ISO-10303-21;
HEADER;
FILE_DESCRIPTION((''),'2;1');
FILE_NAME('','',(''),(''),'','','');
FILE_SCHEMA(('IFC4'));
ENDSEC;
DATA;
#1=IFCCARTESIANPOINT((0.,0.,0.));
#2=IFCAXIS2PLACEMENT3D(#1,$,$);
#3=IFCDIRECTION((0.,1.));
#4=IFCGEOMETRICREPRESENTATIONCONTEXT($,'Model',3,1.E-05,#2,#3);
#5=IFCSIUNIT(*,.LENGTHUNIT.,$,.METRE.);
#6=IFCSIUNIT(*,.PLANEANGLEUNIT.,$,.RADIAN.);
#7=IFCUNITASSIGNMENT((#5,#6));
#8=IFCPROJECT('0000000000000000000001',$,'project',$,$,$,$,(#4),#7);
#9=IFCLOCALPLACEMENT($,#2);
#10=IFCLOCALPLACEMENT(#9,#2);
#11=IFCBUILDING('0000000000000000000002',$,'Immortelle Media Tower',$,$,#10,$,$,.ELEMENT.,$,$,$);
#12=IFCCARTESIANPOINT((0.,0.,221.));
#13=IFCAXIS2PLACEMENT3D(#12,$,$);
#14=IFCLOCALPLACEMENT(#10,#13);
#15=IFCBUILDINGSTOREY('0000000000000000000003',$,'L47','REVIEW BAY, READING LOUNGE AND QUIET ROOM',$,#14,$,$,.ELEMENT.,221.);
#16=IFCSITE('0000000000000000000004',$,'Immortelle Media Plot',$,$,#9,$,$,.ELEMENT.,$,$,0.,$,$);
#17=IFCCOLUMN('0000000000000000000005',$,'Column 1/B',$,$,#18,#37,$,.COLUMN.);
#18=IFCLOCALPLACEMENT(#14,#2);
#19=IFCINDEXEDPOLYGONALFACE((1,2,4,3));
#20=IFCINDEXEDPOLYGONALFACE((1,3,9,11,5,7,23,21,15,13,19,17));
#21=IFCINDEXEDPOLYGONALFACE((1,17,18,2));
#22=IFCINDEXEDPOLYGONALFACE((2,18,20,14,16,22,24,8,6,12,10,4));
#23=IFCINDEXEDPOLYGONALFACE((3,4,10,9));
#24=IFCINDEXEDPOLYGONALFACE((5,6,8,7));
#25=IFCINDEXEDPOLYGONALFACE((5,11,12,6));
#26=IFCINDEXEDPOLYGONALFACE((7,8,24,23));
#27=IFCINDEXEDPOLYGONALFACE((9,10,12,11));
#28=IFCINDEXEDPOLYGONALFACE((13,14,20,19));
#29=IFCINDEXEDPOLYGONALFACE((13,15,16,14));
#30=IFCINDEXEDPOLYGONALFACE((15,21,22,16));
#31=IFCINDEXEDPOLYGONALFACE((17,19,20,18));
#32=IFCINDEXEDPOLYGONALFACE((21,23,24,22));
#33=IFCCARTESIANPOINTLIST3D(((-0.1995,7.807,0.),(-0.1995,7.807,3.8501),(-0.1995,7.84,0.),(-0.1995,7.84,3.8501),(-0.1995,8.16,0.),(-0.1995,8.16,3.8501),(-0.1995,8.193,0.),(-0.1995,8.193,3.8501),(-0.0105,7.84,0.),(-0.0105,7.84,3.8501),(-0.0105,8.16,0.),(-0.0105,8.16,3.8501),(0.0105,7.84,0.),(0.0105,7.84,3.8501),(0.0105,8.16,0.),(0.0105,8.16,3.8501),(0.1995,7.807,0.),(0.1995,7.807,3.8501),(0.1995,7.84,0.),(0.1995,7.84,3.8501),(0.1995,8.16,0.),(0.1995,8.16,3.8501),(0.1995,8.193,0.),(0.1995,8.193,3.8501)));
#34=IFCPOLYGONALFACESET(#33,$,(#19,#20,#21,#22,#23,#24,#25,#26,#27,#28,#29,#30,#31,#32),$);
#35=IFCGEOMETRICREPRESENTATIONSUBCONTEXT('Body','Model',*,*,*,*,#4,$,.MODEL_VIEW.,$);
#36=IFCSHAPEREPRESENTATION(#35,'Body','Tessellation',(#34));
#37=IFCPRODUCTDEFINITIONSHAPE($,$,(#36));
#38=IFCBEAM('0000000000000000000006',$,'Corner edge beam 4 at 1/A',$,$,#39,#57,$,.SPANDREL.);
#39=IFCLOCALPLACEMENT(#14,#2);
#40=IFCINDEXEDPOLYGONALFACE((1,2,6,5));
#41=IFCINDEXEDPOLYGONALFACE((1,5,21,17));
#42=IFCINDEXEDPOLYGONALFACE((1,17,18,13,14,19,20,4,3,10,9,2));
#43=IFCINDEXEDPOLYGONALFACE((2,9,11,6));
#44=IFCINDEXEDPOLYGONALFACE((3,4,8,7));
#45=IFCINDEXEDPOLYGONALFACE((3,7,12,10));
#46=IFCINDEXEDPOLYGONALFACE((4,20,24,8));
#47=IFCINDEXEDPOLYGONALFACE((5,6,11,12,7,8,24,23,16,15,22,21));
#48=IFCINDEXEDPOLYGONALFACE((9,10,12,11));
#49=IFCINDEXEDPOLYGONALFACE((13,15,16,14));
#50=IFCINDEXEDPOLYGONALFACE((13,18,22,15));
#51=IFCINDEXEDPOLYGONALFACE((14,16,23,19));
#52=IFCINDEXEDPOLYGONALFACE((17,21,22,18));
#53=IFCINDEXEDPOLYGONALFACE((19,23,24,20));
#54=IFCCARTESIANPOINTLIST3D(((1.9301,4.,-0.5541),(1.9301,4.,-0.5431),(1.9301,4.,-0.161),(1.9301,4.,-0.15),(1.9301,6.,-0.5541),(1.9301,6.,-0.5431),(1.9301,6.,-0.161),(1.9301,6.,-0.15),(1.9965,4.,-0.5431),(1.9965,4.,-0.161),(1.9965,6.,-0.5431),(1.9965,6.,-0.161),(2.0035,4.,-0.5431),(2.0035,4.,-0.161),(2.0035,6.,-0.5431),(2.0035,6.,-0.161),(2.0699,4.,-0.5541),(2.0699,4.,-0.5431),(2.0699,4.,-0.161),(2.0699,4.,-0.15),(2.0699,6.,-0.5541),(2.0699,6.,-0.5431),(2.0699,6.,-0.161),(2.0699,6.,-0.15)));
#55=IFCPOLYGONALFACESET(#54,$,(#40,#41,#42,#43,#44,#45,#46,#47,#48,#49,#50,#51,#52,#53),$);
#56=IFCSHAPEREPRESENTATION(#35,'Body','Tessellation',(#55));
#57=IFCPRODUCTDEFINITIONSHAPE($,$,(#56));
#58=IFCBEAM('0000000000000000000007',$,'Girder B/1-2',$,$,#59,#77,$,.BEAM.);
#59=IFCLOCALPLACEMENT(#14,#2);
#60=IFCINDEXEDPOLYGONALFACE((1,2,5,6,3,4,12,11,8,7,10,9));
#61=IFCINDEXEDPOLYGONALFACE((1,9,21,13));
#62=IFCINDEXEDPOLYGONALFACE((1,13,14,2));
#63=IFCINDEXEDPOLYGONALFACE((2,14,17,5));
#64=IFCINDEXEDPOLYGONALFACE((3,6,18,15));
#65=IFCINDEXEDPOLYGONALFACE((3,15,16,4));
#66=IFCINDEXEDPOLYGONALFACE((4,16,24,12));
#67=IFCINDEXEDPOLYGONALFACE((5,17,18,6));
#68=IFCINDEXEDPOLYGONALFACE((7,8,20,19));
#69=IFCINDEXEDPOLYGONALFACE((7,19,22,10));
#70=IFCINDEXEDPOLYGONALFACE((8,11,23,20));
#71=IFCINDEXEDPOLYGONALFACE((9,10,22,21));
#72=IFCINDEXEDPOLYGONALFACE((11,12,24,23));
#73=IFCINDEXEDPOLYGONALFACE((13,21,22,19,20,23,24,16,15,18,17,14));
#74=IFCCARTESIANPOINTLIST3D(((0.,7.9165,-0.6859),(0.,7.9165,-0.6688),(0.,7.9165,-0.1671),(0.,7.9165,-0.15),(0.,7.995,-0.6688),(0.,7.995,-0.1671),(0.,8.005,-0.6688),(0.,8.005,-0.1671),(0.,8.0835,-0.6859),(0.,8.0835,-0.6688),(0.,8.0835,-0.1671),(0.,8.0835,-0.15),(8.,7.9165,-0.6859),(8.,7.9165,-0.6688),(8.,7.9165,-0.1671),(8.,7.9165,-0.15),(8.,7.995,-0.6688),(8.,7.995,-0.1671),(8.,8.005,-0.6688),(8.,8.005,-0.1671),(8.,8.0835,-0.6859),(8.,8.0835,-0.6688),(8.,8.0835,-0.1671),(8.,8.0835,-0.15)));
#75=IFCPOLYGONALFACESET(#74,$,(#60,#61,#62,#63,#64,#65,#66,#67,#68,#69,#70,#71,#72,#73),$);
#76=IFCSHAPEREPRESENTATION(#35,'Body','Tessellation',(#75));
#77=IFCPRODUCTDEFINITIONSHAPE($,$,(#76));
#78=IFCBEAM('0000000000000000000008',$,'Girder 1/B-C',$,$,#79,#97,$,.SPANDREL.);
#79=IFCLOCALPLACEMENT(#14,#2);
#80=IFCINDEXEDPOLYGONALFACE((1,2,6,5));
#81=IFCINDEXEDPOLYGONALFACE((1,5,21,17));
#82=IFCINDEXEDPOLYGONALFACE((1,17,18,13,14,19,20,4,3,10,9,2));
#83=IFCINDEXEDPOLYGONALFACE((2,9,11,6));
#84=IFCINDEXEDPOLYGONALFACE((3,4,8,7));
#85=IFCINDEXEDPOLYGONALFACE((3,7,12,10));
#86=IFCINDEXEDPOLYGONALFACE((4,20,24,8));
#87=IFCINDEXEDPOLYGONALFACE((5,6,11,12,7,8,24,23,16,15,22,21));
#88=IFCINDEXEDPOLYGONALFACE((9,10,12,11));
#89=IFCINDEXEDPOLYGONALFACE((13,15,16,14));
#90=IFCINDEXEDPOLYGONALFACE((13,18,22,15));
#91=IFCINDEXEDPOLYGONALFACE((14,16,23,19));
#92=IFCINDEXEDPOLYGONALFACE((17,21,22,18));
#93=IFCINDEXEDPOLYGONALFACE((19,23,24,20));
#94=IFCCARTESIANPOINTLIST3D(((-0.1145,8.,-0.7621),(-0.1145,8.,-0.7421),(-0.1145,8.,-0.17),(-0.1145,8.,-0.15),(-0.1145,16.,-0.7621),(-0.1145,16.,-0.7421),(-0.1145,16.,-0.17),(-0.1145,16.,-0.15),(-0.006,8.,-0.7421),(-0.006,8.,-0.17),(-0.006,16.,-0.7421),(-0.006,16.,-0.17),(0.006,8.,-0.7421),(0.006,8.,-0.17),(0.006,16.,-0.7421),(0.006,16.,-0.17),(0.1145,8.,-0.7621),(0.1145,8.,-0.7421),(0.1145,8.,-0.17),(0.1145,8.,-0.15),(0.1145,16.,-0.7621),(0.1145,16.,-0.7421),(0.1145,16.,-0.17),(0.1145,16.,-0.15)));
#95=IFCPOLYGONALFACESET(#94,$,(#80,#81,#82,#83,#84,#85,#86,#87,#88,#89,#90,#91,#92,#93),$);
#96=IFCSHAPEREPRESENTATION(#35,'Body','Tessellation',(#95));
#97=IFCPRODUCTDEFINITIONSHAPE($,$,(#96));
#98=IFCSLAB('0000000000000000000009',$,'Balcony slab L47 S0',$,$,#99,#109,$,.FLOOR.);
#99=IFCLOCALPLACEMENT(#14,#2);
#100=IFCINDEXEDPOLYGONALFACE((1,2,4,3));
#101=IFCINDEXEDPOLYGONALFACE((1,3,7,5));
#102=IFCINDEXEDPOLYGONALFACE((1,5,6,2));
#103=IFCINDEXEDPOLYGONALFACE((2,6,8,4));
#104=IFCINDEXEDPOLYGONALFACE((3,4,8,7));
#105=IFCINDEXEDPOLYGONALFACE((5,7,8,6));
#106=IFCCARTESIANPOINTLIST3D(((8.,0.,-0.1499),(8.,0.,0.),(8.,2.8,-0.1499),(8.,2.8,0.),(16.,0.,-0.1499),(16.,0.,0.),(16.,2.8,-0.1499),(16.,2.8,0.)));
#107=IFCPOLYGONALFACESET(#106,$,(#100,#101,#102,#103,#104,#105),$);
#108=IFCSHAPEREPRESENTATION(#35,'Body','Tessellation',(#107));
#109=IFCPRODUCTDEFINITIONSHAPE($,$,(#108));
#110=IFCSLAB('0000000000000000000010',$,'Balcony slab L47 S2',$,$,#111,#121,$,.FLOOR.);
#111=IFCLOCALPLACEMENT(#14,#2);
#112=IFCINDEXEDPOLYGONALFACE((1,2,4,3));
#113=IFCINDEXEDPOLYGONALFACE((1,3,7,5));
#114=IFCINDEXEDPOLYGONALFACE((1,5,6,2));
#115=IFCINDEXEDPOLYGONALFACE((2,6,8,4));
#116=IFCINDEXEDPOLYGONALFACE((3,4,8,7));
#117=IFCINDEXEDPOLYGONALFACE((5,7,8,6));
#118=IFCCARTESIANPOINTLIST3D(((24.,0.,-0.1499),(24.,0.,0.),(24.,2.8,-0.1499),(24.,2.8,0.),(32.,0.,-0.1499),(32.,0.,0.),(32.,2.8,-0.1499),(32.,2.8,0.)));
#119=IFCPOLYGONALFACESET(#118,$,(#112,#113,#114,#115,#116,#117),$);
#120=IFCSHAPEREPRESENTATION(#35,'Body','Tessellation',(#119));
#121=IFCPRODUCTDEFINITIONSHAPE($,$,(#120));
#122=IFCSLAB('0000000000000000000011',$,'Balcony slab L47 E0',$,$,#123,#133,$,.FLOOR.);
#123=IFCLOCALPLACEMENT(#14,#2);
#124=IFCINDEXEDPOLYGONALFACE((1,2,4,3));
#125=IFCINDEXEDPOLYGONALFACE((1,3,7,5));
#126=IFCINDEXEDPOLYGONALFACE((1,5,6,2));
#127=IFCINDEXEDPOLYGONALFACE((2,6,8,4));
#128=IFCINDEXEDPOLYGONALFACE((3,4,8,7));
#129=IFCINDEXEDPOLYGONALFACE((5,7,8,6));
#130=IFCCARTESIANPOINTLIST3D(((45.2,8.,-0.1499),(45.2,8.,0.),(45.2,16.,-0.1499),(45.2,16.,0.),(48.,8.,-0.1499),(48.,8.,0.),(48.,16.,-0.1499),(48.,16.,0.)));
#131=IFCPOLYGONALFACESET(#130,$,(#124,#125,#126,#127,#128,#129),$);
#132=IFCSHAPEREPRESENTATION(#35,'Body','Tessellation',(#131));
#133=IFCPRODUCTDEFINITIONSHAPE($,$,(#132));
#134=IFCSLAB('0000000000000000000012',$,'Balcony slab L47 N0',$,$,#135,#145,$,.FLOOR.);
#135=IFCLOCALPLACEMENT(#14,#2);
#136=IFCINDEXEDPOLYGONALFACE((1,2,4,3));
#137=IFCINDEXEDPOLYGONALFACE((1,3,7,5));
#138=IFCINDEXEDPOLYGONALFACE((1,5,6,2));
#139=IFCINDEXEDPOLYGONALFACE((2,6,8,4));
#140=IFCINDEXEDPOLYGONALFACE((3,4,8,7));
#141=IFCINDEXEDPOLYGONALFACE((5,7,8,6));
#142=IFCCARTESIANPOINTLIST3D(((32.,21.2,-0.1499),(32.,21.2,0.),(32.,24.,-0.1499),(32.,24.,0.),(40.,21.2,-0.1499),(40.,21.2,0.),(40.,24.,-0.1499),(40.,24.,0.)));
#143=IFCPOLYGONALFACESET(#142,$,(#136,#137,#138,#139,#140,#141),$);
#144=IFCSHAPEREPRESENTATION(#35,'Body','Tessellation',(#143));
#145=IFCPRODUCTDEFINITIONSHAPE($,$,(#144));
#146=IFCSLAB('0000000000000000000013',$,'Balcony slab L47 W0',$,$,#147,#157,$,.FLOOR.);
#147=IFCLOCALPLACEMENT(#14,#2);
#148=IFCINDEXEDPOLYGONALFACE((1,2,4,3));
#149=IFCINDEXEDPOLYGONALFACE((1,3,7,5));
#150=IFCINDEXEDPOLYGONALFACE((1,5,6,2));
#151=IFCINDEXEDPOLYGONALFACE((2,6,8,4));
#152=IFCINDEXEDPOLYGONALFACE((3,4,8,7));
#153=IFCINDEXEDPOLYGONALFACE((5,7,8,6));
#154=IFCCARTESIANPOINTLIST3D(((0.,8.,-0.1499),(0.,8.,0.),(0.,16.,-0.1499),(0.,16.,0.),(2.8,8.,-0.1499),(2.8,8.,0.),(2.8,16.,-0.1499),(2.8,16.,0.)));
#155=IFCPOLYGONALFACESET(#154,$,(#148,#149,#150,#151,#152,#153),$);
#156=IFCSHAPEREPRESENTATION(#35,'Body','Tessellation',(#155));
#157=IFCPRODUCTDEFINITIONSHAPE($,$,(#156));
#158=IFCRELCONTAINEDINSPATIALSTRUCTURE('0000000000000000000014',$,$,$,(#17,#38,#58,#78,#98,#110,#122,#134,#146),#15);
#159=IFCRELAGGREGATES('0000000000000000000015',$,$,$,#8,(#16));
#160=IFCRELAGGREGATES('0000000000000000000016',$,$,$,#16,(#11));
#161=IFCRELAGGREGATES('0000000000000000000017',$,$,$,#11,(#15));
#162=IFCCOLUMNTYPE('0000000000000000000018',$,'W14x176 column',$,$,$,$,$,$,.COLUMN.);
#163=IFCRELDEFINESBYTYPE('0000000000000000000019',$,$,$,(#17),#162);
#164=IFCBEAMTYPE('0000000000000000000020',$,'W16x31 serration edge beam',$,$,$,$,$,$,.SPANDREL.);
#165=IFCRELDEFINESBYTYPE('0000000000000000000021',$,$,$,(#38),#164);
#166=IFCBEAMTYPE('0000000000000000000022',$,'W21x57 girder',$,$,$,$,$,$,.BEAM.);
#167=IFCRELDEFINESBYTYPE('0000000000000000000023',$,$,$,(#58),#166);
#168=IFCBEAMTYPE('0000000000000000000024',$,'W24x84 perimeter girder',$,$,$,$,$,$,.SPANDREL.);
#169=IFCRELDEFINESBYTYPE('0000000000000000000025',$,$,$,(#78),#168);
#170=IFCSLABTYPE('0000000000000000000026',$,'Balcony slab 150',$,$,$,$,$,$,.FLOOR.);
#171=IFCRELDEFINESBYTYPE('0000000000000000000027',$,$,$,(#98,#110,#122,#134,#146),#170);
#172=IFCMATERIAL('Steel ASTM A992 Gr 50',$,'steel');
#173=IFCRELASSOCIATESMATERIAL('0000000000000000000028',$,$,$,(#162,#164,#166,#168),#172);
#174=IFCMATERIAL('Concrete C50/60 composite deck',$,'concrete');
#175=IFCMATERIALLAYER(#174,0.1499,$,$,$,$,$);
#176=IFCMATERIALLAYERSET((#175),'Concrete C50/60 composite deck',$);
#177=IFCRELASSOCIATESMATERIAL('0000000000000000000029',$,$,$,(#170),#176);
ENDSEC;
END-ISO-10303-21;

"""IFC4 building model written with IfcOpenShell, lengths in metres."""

from ifc_helpers import new_model, si_unit, direction, frame, origin, origin_2d, place, context, subcontext, project, spatial, polyline, i_section, outline, extrude, material, layer, layer_set, material_profile, profile_set, type_object, element, save


model = new_model("IFC4")

# Units and contexts
model_context = context("Model", 3, precision=1e-05, world=origin(), true_north=direction((0.0, 1.0)))
body_context = subcontext(model_context, "Body", "Model", "MODEL_VIEW")
ifc_project = project(units=[si_unit("LENGTHUNIT", "METRE"), si_unit("PLANEANGLEUNIT", "RADIAN")], contexts=[model_context])

# Site, building, storey
site_placement = place(None, origin())
site = spatial("IfcSite", under=ifc_project, at=site_placement, Name="Immortelle Media Plot", CompositionType="ELEMENT", RefElevation=0.0)
building_placement = place(site_placement, origin())
building = spatial("IfcBuilding", under=site, at=building_placement, Name="Immortelle Media Tower", CompositionType="ELEMENT")
storey_placement = place(building_placement, frame((0.0, 0.0, 221.0)))
storey = spatial("IfcBuildingStorey", under=building, at=storey_placement, Name="L47", Description="REVIEW BAY, READING LOUNGE AND QUIET ROOM", CompositionType="ELEMENT", Elevation=221.0)

# Column
ifc_material_1 = material(Name="Steel ASTM A992 Gr 50", Category="steel")
ifc_material_profile_1 = material_profile(ifc_material_1, i_section(OverallWidth=0.3989, OverallDepth=0.386, WebThickness=0.021, FlangeThickness=0.033, at=origin_2d()), Name="W14x176")
ifc_profile_set_1 = profile_set([ifc_material_profile_1], Name="Steel ASTM A992 Gr 50")
column_type = type_object("IfcColumnType", Name="W14x176 column", PredefinedType="COLUMN", material=ifc_profile_set_1)
column_placement = place(storey_placement, frame((0.0, 8.0, 0.0), z_axis=(0.0, 0.0, 1.0), x_axis=(1.0, 0.0, 0.0)))
element("IfcColumn", 1, at=column_placement, inside=storey, type_object=column_type, Name="Column 1/B", PredefinedType="COLUMN", context=body_context, shape_type="SweptSolid", body=[
    extrude(i_section(OverallWidth=0.3989, OverallDepth=0.386, WebThickness=0.021, FlangeThickness=0.033, at=origin_2d()), origin(), (0.0, 0.0, 1.0), 3.8501),
])

# Beams
ifc_material_profile_2 = material_profile(ifc_material_1, i_section(OverallWidth=0.1399, OverallDepth=0.4041, WebThickness=0.0071, FlangeThickness=0.011, at=origin_2d()), Name="W16x31")
ifc_profile_set_2 = profile_set([ifc_material_profile_2], Name="Steel ASTM A992 Gr 50")
beam_type_1 = type_object("IfcBeamType", Name="W16x31 serration edge beam", PredefinedType="SPANDREL", material=ifc_profile_set_2)
beam_1_placement = place(storey_placement, frame((2.0, 4.0, -0.3521), z_axis=(0.0, 1.0, 0.0), x_axis=(-1.0, 0.0, 0.0)))
element("IfcBeam", 2, at=beam_1_placement, inside=storey, type_object=beam_type_1, Name="Corner edge beam 4 at 1/A", PredefinedType="SPANDREL", context=body_context, shape_type="SweptSolid", body=[
    extrude(i_section(OverallWidth=0.1399, OverallDepth=0.4041, WebThickness=0.0071, FlangeThickness=0.011, at=origin_2d()), origin(), (0.0, 0.0, 1.0), 2.0),
])
ifc_material_profile_3 = material_profile(ifc_material_1, i_section(OverallWidth=0.167, OverallDepth=0.5359, WebThickness=0.01, FlangeThickness=0.0171, at=origin_2d()), Name="W21x57")
ifc_profile_set_3 = profile_set([ifc_material_profile_3], Name="Steel ASTM A992 Gr 50")
beam_type_2 = type_object("IfcBeamType", Name="W21x57 girder", PredefinedType="BEAM", material=ifc_profile_set_3)
beam_2_placement = place(storey_placement, frame((0.0, 8.0, -0.418), z_axis=(1.0, 0.0, 0.0), x_axis=(0.0, 1.0, 0.0)))
element("IfcBeam", 3, at=beam_2_placement, inside=storey, type_object=beam_type_2, Name="Girder B/1-2", PredefinedType="BEAM", context=body_context, shape_type="SweptSolid", body=[
    extrude(i_section(OverallWidth=0.167, OverallDepth=0.5359, WebThickness=0.01, FlangeThickness=0.0171, at=origin_2d()), origin(), (0.0, 0.0, 1.0), 8.0),
])
ifc_material_profile_4 = material_profile(ifc_material_1, i_section(OverallWidth=0.229, OverallDepth=0.6121, WebThickness=0.012, FlangeThickness=0.02, at=origin_2d()), Name="W24x84")
ifc_profile_set_4 = profile_set([ifc_material_profile_4], Name="Steel ASTM A992 Gr 50")
beam_type_3 = type_object("IfcBeamType", Name="W24x84 perimeter girder", PredefinedType="SPANDREL", material=ifc_profile_set_4)
beam_3_placement = place(storey_placement, frame((0.0, 8.0, -0.4561), z_axis=(0.0, 1.0, 0.0), x_axis=(-1.0, 0.0, 0.0)))
element("IfcBeam", 4, at=beam_3_placement, inside=storey, type_object=beam_type_3, Name="Girder 1/B-C", PredefinedType="SPANDREL", context=body_context, shape_type="SweptSolid", body=[
    extrude(i_section(OverallWidth=0.229, OverallDepth=0.6121, WebThickness=0.012, FlangeThickness=0.02, at=origin_2d()), origin(), (0.0, 0.0, 1.0), 8.0),
])

# Slabs
ifc_material_2 = material(Name="Concrete C50/60 composite deck", Category="concrete")
ifc_layer_1 = layer(ifc_material_2, 0.1499)
ifc_layer_set_1 = layer_set([ifc_layer_1], Name="Concrete C50/60 composite deck")
slab_type_1 = type_object("IfcSlabType", Name="Balcony slab 150", PredefinedType="FLOOR", material=ifc_layer_set_1)
slab_1_placement = place(storey_placement, frame((0.0, 0.0, -0.1499)))
element("IfcSlab", 5, at=slab_1_placement, inside=storey, type_object=slab_type_1, Name="Balcony slab L47 S0", PredefinedType="FLOOR", context=body_context, shape_type="SweptSolid", body=[
    extrude(outline(polyline([(16.0, 0.0), (16.0, 2.8), (8.0, 2.8), (8.0, 0.0), (16.0, 0.0)])), origin(), (0.0, 0.0, 1.0), 0.1499),
])
slab_2_placement = place(storey_placement, frame((0.0, 0.0, -0.1499)))
element("IfcSlab", 6, at=slab_2_placement, inside=storey, type_object=slab_type_1, Name="Balcony slab L47 S2", PredefinedType="FLOOR", context=body_context, shape_type="SweptSolid", body=[
    extrude(outline(polyline([(32.0, 0.0), (32.0, 2.8), (24.0, 2.8), (24.0, 0.0), (32.0, 0.0)])), origin(), (0.0, 0.0, 1.0), 0.1499),
])
slab_3_placement = place(storey_placement, frame((0.0, 0.0, -0.1499)))
element("IfcSlab", 7, at=slab_3_placement, inside=storey, type_object=slab_type_1, Name="Balcony slab L47 E0", PredefinedType="FLOOR", context=body_context, shape_type="SweptSolid", body=[
    extrude(outline(polyline([(48.0, 8.0), (48.0, 16.0), (45.2, 16.0), (45.2, 8.0), (48.0, 8.0)])), origin(), (0.0, 0.0, 1.0), 0.1499),
])
slab_4_placement = place(storey_placement, frame((0.0, 0.0, -0.1499)))
element("IfcSlab", 8, at=slab_4_placement, inside=storey, type_object=slab_type_1, Name="Balcony slab L47 N0", PredefinedType="FLOOR", context=body_context, shape_type="SweptSolid", body=[
    extrude(outline(polyline([(40.0, 21.2), (40.0, 24.0), (32.0, 24.0), (32.0, 21.2), (40.0, 21.2)])), origin(), (0.0, 0.0, 1.0), 0.1499),
])
slab_5_placement = place(storey_placement, frame((0.0, 0.0, -0.1499)))
element("IfcSlab", 9, at=slab_5_placement, inside=storey, type_object=slab_type_1, Name="Balcony slab L47 W0", PredefinedType="FLOOR", context=body_context, shape_type="SweptSolid", body=[
    extrude(outline(polyline([(2.8, 8.0), (2.8, 16.0), (0.0, 16.0), (0.0, 8.0), (2.8, 8.0)])), origin(), (0.0, 0.0, 1.0), 0.1499),
])

save(model, "model.ifc")
